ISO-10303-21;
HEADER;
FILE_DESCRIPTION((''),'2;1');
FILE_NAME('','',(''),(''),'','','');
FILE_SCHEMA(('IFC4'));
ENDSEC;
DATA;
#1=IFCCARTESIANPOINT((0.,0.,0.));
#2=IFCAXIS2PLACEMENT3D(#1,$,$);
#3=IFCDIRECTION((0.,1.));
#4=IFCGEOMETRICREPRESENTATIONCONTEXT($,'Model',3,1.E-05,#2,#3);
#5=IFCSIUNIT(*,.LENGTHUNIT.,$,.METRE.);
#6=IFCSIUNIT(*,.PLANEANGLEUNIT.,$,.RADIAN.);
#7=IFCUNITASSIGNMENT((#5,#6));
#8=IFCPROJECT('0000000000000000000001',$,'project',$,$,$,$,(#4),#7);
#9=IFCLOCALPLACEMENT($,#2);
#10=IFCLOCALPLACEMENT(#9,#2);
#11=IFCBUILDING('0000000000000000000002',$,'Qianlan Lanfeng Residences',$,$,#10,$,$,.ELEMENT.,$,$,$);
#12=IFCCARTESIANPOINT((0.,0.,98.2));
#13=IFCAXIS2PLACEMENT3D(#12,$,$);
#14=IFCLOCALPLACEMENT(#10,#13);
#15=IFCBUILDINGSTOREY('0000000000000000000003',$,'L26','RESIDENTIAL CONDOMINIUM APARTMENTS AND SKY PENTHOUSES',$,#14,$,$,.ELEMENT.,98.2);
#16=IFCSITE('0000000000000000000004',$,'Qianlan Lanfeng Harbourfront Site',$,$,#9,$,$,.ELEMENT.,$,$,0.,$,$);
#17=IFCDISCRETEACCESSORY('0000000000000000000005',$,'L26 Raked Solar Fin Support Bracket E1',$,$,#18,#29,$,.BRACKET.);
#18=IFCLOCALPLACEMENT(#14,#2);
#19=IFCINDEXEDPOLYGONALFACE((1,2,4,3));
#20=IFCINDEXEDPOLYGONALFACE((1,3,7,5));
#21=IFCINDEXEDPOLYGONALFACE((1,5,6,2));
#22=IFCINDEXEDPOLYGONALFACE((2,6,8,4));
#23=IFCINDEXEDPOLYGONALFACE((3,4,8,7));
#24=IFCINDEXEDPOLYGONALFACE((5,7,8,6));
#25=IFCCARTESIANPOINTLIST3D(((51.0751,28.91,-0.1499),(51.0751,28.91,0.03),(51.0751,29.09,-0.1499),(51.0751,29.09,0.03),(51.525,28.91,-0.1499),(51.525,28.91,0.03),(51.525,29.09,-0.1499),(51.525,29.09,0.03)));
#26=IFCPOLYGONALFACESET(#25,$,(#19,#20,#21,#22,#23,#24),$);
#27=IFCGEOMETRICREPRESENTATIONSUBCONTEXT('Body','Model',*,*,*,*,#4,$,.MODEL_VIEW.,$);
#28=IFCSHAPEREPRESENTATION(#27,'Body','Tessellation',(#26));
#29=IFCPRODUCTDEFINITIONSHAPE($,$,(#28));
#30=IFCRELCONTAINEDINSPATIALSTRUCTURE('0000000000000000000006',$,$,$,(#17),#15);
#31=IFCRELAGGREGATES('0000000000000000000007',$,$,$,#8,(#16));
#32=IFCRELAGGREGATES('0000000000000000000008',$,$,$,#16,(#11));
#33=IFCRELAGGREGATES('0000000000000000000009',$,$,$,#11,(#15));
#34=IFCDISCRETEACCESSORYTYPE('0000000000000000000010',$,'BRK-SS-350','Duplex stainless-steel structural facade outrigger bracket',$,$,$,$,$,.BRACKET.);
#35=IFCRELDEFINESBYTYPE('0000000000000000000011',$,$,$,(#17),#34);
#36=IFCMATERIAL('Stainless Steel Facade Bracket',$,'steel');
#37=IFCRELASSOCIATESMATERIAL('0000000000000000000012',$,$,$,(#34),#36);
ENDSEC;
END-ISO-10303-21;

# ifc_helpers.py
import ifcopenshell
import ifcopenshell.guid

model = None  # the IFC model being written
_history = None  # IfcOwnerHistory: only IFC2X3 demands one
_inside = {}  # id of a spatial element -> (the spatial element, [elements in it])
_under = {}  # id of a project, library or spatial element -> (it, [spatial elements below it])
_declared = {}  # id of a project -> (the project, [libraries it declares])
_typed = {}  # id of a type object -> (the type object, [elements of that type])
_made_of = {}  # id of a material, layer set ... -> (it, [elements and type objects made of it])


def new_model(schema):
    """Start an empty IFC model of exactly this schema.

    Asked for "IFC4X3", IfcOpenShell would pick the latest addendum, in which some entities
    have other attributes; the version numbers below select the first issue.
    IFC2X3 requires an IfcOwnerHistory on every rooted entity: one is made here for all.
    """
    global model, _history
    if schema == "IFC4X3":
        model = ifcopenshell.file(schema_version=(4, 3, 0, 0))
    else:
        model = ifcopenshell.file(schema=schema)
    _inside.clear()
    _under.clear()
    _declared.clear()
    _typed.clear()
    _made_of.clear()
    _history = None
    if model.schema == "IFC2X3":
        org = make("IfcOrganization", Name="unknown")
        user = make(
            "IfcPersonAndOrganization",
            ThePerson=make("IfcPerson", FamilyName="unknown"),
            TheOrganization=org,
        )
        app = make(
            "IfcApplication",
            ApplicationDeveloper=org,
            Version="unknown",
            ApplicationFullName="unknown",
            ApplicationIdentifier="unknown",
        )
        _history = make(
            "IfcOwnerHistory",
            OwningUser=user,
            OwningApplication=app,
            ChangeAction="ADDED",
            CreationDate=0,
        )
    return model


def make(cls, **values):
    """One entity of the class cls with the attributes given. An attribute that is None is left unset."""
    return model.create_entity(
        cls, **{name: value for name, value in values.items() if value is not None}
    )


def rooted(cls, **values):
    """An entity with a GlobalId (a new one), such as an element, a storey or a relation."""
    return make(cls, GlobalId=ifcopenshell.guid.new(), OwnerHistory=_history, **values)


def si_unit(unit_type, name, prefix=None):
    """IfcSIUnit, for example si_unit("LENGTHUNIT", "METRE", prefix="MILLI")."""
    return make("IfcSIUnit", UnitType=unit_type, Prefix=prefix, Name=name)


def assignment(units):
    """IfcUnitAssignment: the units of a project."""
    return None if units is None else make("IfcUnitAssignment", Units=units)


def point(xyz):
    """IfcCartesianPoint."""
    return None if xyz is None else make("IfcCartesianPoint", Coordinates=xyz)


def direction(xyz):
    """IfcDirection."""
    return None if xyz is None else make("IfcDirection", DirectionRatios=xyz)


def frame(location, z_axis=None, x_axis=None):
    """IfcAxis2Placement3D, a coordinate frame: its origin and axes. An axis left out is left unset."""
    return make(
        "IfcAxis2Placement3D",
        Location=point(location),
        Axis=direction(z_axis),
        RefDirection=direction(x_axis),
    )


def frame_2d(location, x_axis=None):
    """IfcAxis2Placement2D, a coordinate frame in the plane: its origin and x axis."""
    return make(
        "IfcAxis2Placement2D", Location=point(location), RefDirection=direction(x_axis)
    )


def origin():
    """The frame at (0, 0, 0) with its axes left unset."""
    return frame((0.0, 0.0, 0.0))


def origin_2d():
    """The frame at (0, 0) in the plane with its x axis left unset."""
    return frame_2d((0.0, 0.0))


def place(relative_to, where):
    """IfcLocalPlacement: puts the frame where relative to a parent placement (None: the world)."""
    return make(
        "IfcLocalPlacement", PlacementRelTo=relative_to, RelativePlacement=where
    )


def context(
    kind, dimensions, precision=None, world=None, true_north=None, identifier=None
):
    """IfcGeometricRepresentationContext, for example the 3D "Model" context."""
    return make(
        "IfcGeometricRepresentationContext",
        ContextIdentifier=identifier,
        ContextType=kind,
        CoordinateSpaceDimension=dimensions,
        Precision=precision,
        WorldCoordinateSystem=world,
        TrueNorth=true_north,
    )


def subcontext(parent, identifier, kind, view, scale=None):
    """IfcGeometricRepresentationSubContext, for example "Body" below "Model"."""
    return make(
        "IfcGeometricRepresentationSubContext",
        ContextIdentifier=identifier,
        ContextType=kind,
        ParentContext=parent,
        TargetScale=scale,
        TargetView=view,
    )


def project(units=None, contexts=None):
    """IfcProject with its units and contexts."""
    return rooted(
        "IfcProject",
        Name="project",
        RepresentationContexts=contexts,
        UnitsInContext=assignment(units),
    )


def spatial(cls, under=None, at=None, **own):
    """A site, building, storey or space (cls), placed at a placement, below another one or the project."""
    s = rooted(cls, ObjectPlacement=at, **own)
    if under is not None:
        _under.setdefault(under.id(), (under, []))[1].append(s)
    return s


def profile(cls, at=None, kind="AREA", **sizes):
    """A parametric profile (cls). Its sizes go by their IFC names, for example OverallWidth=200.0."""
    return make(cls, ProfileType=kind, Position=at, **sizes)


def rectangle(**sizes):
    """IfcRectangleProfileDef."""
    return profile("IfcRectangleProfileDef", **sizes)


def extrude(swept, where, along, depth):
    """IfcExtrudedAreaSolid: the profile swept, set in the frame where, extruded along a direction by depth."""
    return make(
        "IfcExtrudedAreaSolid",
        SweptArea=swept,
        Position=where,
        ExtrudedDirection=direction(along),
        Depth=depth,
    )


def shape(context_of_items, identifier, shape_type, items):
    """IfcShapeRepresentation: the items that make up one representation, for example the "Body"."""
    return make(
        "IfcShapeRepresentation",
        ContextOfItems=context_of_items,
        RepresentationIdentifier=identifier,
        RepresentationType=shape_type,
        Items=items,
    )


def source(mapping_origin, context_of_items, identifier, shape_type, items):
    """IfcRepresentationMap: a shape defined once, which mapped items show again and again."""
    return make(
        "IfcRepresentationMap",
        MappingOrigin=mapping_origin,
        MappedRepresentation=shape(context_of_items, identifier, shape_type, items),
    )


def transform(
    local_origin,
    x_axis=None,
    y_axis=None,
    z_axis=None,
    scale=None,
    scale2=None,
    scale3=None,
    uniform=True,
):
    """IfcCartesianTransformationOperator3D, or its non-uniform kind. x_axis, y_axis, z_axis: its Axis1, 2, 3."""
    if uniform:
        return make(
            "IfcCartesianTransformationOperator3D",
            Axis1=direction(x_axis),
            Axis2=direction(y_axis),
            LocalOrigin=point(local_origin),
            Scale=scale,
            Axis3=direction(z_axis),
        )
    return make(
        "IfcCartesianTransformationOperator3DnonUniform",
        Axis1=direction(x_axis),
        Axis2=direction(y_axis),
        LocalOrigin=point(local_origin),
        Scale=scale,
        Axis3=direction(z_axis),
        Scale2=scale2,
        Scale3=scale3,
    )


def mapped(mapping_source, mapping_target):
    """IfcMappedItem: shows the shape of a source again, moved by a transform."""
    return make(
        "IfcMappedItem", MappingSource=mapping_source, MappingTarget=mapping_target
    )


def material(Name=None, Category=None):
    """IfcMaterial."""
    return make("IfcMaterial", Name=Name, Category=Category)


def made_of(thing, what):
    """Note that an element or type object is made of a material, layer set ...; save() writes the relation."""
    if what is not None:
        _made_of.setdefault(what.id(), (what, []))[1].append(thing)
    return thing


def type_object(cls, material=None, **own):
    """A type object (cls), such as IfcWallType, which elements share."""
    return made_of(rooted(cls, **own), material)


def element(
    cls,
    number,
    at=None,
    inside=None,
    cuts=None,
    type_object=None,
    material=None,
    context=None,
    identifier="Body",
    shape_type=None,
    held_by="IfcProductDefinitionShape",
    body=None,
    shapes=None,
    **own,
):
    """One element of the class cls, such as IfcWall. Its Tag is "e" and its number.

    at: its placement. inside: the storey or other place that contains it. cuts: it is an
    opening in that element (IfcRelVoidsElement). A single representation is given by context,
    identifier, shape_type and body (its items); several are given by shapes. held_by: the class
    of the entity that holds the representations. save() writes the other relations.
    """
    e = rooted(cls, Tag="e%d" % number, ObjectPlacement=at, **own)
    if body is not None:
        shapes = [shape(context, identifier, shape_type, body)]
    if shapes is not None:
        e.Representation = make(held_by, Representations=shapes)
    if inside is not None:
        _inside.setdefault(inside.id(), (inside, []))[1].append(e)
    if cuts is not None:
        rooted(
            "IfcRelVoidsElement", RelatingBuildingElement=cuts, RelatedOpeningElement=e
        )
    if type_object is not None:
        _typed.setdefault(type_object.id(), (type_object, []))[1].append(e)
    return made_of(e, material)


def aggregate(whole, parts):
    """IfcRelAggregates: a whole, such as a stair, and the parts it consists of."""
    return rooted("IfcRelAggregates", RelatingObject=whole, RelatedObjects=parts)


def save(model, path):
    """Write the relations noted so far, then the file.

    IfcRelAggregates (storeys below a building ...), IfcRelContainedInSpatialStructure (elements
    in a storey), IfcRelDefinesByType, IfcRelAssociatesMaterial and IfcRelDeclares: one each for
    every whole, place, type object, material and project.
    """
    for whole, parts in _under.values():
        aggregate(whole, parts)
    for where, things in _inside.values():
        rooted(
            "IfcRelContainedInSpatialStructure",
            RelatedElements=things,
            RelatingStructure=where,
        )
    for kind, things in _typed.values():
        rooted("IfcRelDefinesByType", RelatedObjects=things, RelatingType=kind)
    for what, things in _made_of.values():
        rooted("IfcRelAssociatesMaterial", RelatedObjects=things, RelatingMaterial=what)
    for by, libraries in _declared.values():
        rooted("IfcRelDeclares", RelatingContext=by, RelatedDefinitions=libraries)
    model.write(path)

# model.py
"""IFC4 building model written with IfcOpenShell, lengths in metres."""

from ifc_helpers import new_model, si_unit, direction, frame, origin, origin_2d, place, context, subcontext, project, spatial, rectangle, extrude, source, transform, mapped, material, type_object, element, save


model = new_model("IFC4")

# Units and contexts
model_context = context("Model", 3, precision=1e-05, world=origin(), true_north=direction((0.0, 1.0)))
body_context = subcontext(model_context, "Body", "Model", "MODEL_VIEW")
ifc_project = project(units=[si_unit("LENGTHUNIT", "METRE"), si_unit("PLANEANGLEUNIT", "RADIAN")], contexts=[model_context])

# Site, building, storey
site_placement = place(None, origin())
site = spatial("IfcSite", under=ifc_project, at=site_placement, Name="Qianlan Lanfeng Harbourfront Site", CompositionType="ELEMENT", RefElevation=0.0)
building_placement = place(site_placement, origin())
building = spatial("IfcBuilding", under=site, at=building_placement, Name="Qianlan Lanfeng Residences", CompositionType="ELEMENT")
storey_placement = place(building_placement, frame((0.0, 0.0, 98.2)))
storey = spatial("IfcBuildingStorey", under=building, at=storey_placement, Name="L26", Description="RESIDENTIAL CONDOMINIUM APARTMENTS AND SKY PENTHOUSES", CompositionType="ELEMENT", Elevation=98.2)

# Discrete accessory
ifc_material_1 = material(Name="Stainless Steel Facade Bracket", Category="steel")
discrete_accessory_type = type_object("IfcDiscreteAccessoryType", Name="BRK-SS-350", Description="Duplex stainless-steel structural facade outrigger bracket", PredefinedType="BRACKET", material=ifc_material_1)
shared_shape = source(origin(), body_context, "Body", "SweptSolid", [
    extrude(rectangle(XDim=0.45, YDim=0.1799, at=origin_2d()), origin(), (0.0, 0.0, 1.0), 0.1799),
])
discrete_accessory_placement = place(storey_placement, frame((51.3, 29.0, -0.1499), z_axis=(0.0, 0.0, 1.0), x_axis=(1.0, 0.0, 0.0)))
element("IfcDiscreteAccessory", 1, at=discrete_accessory_placement, inside=storey, type_object=discrete_accessory_type, Name="L26 Raked Solar Fin Support Bracket E1", PredefinedType="BRACKET", context=body_context, shape_type="MappedRepresentation", body=[
    mapped(shared_shape, transform((0.0, 0.0, 0.0), scale=1.0)),
])

save(model, "model.ifc")
